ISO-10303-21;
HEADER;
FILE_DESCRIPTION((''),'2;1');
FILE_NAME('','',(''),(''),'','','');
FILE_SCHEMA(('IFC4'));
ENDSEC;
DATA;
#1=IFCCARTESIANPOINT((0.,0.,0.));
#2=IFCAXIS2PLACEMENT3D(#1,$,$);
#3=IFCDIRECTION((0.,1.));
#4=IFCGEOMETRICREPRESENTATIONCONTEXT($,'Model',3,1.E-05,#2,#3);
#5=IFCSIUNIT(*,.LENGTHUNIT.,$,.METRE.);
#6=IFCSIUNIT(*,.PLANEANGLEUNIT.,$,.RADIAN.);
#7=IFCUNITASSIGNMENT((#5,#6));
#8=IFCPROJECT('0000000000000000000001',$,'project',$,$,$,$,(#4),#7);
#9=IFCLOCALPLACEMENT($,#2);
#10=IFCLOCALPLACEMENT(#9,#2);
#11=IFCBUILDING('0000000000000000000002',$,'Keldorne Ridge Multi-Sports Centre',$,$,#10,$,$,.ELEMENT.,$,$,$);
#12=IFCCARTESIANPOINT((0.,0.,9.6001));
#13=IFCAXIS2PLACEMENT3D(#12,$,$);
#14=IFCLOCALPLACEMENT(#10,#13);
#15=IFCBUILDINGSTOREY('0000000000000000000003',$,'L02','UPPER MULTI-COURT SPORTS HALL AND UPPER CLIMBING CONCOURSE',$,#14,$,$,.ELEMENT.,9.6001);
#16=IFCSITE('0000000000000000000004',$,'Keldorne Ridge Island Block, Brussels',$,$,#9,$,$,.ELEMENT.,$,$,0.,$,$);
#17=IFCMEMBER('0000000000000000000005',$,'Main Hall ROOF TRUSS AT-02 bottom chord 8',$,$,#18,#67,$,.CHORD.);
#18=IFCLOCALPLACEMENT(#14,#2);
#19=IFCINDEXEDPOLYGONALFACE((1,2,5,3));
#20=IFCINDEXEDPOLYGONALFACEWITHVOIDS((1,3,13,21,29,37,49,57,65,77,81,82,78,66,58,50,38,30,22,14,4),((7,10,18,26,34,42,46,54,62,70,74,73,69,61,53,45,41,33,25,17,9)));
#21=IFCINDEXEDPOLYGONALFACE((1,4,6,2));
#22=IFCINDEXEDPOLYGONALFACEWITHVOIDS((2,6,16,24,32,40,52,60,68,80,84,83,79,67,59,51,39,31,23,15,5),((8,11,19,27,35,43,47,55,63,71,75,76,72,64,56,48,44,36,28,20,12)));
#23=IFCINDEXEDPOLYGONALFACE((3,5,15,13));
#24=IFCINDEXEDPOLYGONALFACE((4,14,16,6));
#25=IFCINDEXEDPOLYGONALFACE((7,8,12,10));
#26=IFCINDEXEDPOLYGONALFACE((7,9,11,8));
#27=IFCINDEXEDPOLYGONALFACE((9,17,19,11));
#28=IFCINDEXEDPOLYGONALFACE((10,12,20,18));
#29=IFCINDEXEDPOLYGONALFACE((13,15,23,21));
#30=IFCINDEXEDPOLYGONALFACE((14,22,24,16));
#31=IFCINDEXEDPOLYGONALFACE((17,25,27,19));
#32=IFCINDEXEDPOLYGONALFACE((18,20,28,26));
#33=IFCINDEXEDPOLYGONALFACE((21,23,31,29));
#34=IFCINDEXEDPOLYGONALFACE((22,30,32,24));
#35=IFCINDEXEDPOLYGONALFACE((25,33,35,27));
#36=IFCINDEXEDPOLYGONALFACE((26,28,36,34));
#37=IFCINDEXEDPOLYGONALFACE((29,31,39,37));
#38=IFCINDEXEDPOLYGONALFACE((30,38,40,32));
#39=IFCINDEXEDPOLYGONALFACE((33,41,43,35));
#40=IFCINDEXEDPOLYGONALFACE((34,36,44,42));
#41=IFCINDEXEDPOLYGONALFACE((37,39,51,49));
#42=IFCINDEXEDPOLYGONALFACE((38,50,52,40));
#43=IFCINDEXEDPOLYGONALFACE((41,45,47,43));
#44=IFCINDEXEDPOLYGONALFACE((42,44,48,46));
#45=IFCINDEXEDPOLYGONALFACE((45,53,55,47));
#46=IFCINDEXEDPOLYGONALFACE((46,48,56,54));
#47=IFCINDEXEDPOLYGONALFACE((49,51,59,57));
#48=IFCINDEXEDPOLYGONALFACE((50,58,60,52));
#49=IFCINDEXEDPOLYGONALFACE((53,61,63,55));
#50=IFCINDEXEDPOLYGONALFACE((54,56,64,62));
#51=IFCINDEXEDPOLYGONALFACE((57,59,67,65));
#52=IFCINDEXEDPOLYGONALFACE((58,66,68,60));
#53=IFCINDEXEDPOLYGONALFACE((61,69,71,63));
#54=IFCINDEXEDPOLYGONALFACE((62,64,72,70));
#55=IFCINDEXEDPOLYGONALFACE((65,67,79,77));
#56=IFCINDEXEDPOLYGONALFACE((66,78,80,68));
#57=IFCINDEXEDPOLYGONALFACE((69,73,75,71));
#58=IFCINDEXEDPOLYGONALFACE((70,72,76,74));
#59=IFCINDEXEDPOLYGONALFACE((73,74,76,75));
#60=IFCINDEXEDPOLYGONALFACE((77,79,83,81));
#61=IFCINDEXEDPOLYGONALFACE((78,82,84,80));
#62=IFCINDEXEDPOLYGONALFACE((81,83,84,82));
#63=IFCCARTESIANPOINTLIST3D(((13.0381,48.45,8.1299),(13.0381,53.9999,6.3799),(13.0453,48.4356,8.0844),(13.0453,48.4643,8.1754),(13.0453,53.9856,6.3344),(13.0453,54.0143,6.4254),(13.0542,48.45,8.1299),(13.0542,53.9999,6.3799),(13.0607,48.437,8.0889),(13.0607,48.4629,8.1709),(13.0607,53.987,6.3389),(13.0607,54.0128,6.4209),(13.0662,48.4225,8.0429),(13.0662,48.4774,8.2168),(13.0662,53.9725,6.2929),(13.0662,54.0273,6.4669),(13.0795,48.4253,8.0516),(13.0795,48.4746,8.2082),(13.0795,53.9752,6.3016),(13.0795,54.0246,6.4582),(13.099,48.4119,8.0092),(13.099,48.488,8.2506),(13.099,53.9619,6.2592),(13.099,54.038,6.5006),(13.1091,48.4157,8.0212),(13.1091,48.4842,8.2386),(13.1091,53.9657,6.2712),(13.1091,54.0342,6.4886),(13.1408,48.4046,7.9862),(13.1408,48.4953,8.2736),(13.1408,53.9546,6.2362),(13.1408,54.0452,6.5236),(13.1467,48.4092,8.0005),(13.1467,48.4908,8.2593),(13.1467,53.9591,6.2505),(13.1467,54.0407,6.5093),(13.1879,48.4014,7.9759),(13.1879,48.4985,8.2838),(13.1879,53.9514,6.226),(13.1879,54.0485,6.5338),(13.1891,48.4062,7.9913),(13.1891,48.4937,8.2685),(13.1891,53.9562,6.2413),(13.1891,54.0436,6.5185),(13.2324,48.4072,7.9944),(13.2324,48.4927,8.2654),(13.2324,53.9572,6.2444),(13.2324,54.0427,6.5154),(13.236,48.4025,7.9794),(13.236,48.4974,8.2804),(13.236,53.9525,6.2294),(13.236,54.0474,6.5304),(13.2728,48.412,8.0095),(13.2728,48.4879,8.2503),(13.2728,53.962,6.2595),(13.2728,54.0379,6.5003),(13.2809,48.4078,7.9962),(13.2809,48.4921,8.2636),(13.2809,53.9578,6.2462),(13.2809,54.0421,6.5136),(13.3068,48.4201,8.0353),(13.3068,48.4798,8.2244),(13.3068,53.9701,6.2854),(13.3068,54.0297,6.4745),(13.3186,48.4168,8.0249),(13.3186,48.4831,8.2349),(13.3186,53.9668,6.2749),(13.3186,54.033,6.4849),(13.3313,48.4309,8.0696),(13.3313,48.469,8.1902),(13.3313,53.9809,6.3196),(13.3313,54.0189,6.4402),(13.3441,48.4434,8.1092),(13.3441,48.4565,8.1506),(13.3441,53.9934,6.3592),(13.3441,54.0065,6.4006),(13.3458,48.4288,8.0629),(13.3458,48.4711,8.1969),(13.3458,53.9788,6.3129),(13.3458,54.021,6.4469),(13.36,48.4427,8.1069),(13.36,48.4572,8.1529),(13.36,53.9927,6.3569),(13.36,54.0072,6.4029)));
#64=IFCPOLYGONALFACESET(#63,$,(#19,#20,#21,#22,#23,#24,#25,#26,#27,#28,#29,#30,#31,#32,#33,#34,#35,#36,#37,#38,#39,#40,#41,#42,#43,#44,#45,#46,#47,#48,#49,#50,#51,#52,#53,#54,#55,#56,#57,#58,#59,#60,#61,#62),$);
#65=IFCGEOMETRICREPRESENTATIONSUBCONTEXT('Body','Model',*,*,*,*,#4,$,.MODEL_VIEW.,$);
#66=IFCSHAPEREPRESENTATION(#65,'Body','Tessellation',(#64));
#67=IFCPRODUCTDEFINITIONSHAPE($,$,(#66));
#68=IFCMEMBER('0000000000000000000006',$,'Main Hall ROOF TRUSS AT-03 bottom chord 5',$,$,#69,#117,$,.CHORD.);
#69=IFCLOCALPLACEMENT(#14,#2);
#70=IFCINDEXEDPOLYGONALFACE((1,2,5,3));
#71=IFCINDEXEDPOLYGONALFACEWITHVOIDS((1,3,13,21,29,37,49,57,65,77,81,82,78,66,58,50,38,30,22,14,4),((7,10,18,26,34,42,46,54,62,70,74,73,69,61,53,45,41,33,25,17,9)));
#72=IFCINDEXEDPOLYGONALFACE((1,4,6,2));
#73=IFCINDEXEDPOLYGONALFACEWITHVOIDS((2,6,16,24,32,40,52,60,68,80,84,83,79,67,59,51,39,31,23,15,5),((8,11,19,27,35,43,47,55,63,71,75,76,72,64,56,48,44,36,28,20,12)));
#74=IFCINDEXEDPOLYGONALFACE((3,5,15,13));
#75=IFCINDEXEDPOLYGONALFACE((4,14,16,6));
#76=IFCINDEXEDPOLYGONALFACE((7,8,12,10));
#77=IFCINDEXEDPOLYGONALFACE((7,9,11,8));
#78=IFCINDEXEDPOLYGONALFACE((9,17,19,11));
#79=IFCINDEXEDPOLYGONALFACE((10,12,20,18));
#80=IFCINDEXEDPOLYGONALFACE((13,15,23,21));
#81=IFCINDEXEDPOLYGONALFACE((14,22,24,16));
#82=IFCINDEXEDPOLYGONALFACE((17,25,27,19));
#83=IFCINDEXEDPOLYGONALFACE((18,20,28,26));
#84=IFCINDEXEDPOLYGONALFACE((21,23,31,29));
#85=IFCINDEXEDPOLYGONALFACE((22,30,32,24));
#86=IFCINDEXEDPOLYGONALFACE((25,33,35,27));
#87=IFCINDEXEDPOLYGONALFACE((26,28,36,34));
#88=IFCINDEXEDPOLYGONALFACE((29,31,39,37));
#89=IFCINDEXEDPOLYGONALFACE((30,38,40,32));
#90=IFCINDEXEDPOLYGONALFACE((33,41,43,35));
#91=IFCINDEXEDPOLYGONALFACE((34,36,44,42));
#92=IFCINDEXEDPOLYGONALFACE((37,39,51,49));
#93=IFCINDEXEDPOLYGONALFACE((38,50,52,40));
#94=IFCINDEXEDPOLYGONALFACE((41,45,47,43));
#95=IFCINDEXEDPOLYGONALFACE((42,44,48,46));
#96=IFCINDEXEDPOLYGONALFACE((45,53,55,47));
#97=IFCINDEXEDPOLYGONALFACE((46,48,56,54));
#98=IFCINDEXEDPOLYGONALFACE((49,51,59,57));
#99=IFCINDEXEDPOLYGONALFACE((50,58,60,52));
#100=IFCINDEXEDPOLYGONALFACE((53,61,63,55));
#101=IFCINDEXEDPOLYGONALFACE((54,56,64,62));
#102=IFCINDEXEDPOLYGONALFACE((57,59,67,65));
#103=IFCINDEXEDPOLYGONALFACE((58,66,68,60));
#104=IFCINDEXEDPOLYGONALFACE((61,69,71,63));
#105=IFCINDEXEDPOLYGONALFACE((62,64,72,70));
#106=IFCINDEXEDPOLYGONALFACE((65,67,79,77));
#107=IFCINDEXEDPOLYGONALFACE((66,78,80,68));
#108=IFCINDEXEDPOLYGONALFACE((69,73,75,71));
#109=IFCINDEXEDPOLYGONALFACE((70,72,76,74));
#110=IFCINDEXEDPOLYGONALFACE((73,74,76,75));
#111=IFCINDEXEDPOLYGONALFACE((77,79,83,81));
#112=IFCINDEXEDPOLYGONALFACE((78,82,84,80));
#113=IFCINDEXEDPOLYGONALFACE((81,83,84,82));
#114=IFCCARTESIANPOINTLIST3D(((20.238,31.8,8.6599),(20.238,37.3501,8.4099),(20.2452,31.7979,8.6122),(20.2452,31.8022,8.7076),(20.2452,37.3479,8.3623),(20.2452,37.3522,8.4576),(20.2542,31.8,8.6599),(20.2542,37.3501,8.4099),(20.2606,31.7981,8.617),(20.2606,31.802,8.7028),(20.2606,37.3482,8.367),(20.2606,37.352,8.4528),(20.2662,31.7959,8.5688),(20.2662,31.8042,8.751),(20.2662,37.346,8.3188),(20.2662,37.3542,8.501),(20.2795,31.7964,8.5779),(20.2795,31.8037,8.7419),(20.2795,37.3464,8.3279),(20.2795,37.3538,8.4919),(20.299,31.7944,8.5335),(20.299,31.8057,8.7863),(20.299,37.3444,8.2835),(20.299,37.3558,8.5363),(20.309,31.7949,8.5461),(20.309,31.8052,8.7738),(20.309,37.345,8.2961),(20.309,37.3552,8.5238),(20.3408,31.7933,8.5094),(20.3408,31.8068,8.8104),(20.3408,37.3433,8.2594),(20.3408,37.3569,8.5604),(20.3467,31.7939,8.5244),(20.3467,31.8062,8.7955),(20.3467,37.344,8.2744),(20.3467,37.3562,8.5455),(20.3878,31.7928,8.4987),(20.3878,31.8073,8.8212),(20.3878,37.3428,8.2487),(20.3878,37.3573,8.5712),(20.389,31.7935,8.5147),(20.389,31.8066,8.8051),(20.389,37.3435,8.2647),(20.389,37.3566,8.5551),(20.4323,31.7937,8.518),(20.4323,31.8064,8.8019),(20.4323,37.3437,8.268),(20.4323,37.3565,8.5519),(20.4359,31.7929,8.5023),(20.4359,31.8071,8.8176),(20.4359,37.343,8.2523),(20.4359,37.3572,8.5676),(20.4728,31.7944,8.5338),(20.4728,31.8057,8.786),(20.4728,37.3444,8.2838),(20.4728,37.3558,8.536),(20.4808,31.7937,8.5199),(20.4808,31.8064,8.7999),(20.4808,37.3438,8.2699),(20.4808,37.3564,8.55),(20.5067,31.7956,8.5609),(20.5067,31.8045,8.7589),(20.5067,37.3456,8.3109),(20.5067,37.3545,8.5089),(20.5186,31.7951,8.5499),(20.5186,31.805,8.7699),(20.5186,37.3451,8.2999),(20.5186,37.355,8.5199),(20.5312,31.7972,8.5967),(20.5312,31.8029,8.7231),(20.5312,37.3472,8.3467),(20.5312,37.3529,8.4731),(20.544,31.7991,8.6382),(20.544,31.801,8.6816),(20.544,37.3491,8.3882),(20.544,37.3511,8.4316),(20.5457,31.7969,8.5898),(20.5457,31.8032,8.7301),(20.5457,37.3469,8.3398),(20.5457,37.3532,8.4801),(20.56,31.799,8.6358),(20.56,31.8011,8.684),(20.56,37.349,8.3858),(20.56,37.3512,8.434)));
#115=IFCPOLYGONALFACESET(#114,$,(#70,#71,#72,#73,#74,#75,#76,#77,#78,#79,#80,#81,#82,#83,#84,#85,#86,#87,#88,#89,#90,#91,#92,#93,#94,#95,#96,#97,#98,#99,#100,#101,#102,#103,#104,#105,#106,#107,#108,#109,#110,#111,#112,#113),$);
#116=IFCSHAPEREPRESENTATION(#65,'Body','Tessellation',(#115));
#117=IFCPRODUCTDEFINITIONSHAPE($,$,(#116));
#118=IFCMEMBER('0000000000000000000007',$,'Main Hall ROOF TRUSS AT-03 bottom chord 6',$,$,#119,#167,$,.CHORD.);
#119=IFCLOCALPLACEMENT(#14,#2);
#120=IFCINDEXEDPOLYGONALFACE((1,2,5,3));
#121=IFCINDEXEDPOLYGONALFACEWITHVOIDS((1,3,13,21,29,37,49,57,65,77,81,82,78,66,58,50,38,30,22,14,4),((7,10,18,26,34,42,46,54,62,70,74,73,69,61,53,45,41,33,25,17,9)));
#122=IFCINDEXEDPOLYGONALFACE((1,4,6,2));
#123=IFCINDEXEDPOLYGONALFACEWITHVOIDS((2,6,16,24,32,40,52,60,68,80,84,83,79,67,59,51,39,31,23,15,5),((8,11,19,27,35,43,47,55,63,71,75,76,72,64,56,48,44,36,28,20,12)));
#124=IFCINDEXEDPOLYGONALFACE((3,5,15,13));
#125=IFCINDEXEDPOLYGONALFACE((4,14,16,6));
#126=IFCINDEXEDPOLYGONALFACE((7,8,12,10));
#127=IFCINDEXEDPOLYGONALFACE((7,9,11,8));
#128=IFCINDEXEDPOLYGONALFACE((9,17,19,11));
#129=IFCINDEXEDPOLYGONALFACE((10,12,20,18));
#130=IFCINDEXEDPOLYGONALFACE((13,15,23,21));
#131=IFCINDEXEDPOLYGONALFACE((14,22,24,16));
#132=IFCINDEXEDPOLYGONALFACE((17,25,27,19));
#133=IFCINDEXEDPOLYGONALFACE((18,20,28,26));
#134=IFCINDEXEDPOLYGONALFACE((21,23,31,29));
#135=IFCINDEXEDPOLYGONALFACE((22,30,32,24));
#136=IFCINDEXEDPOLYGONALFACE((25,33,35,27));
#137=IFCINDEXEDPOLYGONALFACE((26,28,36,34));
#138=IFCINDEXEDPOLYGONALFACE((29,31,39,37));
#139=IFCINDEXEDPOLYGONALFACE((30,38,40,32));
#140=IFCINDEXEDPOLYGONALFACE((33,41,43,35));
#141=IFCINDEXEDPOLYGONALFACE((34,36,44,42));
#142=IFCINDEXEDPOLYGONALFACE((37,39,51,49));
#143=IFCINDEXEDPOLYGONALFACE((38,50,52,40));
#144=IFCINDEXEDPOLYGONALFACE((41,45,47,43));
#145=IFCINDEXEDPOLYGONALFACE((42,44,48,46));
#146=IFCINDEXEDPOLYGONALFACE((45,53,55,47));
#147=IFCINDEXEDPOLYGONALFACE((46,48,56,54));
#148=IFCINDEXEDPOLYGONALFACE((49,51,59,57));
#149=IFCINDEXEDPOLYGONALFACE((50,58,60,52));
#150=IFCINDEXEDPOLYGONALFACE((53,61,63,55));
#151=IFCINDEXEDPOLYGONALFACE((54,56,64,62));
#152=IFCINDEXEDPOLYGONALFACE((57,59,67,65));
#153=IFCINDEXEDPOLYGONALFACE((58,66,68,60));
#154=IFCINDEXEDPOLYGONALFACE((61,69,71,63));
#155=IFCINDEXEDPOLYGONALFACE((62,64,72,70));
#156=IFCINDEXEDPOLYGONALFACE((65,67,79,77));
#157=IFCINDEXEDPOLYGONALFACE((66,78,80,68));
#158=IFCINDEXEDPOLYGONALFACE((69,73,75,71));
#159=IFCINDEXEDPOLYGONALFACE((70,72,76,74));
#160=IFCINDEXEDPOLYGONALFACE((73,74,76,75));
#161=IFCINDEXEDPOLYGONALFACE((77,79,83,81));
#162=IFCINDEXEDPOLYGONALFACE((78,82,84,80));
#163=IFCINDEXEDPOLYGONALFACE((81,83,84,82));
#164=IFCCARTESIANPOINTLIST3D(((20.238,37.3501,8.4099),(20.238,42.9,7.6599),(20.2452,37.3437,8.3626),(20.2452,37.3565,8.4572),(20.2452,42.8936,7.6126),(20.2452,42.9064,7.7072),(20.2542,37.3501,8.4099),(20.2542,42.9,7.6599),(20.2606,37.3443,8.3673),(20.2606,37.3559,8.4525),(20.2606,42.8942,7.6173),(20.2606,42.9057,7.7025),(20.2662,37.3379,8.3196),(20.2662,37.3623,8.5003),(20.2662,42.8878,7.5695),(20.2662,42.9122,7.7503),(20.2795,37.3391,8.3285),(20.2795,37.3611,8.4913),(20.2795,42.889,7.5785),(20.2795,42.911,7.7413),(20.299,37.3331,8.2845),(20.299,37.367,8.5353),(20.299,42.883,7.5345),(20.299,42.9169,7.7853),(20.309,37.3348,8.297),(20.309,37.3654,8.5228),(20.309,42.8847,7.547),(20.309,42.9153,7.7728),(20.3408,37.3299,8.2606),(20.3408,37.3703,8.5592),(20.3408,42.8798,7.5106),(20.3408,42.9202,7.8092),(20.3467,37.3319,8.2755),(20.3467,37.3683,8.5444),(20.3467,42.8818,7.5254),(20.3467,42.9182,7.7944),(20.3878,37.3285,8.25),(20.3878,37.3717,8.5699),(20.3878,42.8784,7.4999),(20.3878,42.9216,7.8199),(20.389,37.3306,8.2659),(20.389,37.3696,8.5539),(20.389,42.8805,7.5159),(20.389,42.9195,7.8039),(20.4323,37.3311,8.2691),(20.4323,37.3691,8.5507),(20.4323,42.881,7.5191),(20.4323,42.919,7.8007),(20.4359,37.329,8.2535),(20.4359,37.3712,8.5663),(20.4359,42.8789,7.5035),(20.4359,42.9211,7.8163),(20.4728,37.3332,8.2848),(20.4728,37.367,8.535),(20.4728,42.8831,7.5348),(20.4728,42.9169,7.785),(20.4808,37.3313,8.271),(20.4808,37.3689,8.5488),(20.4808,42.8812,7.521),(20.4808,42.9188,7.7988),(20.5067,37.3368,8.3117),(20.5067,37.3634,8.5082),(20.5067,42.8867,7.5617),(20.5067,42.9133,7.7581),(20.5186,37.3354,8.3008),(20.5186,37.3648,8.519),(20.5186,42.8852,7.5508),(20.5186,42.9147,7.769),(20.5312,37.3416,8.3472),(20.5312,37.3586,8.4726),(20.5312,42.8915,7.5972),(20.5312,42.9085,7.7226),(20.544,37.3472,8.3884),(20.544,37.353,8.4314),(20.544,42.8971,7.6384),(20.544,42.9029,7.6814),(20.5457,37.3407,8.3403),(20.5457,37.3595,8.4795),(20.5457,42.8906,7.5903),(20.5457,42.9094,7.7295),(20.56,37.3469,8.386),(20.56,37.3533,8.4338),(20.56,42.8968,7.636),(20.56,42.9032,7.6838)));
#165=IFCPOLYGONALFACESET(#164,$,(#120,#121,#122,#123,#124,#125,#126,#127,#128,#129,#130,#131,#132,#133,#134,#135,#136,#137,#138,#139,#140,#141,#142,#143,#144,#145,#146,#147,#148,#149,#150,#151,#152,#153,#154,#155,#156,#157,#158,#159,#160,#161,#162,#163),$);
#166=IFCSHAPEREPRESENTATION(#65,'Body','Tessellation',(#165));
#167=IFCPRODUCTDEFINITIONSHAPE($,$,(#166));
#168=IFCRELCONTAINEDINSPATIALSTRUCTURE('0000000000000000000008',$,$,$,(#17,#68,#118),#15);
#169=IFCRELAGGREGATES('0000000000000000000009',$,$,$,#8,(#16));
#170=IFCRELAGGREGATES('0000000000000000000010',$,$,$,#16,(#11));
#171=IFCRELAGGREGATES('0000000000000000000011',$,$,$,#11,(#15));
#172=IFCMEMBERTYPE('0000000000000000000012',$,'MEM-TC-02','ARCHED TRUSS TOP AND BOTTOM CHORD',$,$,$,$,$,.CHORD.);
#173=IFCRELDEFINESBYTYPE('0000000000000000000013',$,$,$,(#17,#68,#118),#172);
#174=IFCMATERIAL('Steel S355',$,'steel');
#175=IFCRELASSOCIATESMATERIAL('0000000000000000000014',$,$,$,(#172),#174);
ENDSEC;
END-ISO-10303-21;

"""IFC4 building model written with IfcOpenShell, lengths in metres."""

from ifc_helpers import new_model, si_unit, direction, frame, origin, origin_2d, place, context, subcontext, project, spatial, hollow_circle, extrude, material, material_profile, profile_set, type_object, element, save


model = new_model("IFC4")

# Units and contexts
model_context = context("Model", 3, precision=1e-05, world=origin(), true_north=direction((0.0, 1.0)))
body_context = subcontext(model_context, "Body", "Model", "MODEL_VIEW")
ifc_project = project(units=[si_unit("LENGTHUNIT", "METRE"), si_unit("PLANEANGLEUNIT", "RADIAN")], contexts=[model_context])

# Site, building, storey
site_placement = place(None, origin())
site = spatial("IfcSite", under=ifc_project, at=site_placement, Name="Keldorne Ridge Island Block, Brussels", CompositionType="ELEMENT", RefElevation=0.0)
building_placement = place(site_placement, origin())
building = spatial("IfcBuilding", under=site, at=building_placement, Name="Keldorne Ridge Multi-Sports Centre", CompositionType="ELEMENT")
storey_placement = place(building_placement, frame((0.0, 0.0, 9.6001)))
storey = spatial("IfcBuildingStorey", under=building, at=storey_placement, Name="L02", Description="UPPER MULTI-COURT SPORTS HALL AND UPPER CLIMBING CONCOURSE", CompositionType="ELEMENT", Elevation=9.6001)

# Members
ifc_material = material(Name="Steel S355", Category="steel")
ifc_material_profile_1 = material_profile(ifc_material, hollow_circle(Radius=0.1619, WallThickness=0.0161, at=origin_2d()), Name="CHS 323.9x16")
ifc_profile_set_1 = profile_set([ifc_material_profile_1], Name="Steel S355")
member_type_1 = type_object("IfcMemberType", Name="MEM-TC-02", Description="ARCHED TRUSS TOP AND BOTTOM CHORD", PredefinedType="CHORD", material=ifc_profile_set_1)
member_1_placement = place(storey_placement, frame((13.2, 48.45, 8.1299), z_axis=(0.0, 0.953713, -0.300718), x_axis=(-1.0, 0.0, 0.0)))
element("IfcMember", 1, at=member_1_placement, inside=storey, type_object=member_type_1, Name="Main Hall ROOF TRUSS AT-02 bottom chord 8", PredefinedType="CHORD", context=body_context, shape_type="SweptSolid", body=[
    extrude(hollow_circle(Radius=0.1619, WallThickness=0.0161, at=origin_2d()), origin(), (0.0, 0.0, 1.0), 5.8193),
])
member_2_placement = place(storey_placement, frame((20.3999, 31.8, 8.6599), z_axis=(0.0, 0.998987, -0.044999), x_axis=(-1.0, 0.0, 0.0)))
element("IfcMember", 2, at=member_2_placement, inside=storey, type_object=member_type_1, Name="Main Hall ROOF TRUSS AT-03 bottom chord 5", PredefinedType="CHORD", context=body_context, shape_type="SweptSolid", body=[
    extrude(hollow_circle(Radius=0.1619, WallThickness=0.0161, at=origin_2d()), origin(), (0.0, 0.0, 1.0), 5.5557),
])
member_3_placement = place(storey_placement, frame((20.3999, 37.3501, 8.4099), z_axis=(0.0, 0.990992, -0.133923), x_axis=(-1.0, 0.0, 0.0)))
element("IfcMember", 3, at=member_3_placement, inside=storey, type_object=member_type_1, Name="Main Hall ROOF TRUSS AT-03 bottom chord 6", PredefinedType="CHORD", context=body_context, shape_type="SweptSolid", body=[
    extrude(hollow_circle(Radius=0.1619, WallThickness=0.0161, at=origin_2d()), origin(), (0.0, 0.0, 1.0), 5.6003),
])

save(model, "model.ifc")
